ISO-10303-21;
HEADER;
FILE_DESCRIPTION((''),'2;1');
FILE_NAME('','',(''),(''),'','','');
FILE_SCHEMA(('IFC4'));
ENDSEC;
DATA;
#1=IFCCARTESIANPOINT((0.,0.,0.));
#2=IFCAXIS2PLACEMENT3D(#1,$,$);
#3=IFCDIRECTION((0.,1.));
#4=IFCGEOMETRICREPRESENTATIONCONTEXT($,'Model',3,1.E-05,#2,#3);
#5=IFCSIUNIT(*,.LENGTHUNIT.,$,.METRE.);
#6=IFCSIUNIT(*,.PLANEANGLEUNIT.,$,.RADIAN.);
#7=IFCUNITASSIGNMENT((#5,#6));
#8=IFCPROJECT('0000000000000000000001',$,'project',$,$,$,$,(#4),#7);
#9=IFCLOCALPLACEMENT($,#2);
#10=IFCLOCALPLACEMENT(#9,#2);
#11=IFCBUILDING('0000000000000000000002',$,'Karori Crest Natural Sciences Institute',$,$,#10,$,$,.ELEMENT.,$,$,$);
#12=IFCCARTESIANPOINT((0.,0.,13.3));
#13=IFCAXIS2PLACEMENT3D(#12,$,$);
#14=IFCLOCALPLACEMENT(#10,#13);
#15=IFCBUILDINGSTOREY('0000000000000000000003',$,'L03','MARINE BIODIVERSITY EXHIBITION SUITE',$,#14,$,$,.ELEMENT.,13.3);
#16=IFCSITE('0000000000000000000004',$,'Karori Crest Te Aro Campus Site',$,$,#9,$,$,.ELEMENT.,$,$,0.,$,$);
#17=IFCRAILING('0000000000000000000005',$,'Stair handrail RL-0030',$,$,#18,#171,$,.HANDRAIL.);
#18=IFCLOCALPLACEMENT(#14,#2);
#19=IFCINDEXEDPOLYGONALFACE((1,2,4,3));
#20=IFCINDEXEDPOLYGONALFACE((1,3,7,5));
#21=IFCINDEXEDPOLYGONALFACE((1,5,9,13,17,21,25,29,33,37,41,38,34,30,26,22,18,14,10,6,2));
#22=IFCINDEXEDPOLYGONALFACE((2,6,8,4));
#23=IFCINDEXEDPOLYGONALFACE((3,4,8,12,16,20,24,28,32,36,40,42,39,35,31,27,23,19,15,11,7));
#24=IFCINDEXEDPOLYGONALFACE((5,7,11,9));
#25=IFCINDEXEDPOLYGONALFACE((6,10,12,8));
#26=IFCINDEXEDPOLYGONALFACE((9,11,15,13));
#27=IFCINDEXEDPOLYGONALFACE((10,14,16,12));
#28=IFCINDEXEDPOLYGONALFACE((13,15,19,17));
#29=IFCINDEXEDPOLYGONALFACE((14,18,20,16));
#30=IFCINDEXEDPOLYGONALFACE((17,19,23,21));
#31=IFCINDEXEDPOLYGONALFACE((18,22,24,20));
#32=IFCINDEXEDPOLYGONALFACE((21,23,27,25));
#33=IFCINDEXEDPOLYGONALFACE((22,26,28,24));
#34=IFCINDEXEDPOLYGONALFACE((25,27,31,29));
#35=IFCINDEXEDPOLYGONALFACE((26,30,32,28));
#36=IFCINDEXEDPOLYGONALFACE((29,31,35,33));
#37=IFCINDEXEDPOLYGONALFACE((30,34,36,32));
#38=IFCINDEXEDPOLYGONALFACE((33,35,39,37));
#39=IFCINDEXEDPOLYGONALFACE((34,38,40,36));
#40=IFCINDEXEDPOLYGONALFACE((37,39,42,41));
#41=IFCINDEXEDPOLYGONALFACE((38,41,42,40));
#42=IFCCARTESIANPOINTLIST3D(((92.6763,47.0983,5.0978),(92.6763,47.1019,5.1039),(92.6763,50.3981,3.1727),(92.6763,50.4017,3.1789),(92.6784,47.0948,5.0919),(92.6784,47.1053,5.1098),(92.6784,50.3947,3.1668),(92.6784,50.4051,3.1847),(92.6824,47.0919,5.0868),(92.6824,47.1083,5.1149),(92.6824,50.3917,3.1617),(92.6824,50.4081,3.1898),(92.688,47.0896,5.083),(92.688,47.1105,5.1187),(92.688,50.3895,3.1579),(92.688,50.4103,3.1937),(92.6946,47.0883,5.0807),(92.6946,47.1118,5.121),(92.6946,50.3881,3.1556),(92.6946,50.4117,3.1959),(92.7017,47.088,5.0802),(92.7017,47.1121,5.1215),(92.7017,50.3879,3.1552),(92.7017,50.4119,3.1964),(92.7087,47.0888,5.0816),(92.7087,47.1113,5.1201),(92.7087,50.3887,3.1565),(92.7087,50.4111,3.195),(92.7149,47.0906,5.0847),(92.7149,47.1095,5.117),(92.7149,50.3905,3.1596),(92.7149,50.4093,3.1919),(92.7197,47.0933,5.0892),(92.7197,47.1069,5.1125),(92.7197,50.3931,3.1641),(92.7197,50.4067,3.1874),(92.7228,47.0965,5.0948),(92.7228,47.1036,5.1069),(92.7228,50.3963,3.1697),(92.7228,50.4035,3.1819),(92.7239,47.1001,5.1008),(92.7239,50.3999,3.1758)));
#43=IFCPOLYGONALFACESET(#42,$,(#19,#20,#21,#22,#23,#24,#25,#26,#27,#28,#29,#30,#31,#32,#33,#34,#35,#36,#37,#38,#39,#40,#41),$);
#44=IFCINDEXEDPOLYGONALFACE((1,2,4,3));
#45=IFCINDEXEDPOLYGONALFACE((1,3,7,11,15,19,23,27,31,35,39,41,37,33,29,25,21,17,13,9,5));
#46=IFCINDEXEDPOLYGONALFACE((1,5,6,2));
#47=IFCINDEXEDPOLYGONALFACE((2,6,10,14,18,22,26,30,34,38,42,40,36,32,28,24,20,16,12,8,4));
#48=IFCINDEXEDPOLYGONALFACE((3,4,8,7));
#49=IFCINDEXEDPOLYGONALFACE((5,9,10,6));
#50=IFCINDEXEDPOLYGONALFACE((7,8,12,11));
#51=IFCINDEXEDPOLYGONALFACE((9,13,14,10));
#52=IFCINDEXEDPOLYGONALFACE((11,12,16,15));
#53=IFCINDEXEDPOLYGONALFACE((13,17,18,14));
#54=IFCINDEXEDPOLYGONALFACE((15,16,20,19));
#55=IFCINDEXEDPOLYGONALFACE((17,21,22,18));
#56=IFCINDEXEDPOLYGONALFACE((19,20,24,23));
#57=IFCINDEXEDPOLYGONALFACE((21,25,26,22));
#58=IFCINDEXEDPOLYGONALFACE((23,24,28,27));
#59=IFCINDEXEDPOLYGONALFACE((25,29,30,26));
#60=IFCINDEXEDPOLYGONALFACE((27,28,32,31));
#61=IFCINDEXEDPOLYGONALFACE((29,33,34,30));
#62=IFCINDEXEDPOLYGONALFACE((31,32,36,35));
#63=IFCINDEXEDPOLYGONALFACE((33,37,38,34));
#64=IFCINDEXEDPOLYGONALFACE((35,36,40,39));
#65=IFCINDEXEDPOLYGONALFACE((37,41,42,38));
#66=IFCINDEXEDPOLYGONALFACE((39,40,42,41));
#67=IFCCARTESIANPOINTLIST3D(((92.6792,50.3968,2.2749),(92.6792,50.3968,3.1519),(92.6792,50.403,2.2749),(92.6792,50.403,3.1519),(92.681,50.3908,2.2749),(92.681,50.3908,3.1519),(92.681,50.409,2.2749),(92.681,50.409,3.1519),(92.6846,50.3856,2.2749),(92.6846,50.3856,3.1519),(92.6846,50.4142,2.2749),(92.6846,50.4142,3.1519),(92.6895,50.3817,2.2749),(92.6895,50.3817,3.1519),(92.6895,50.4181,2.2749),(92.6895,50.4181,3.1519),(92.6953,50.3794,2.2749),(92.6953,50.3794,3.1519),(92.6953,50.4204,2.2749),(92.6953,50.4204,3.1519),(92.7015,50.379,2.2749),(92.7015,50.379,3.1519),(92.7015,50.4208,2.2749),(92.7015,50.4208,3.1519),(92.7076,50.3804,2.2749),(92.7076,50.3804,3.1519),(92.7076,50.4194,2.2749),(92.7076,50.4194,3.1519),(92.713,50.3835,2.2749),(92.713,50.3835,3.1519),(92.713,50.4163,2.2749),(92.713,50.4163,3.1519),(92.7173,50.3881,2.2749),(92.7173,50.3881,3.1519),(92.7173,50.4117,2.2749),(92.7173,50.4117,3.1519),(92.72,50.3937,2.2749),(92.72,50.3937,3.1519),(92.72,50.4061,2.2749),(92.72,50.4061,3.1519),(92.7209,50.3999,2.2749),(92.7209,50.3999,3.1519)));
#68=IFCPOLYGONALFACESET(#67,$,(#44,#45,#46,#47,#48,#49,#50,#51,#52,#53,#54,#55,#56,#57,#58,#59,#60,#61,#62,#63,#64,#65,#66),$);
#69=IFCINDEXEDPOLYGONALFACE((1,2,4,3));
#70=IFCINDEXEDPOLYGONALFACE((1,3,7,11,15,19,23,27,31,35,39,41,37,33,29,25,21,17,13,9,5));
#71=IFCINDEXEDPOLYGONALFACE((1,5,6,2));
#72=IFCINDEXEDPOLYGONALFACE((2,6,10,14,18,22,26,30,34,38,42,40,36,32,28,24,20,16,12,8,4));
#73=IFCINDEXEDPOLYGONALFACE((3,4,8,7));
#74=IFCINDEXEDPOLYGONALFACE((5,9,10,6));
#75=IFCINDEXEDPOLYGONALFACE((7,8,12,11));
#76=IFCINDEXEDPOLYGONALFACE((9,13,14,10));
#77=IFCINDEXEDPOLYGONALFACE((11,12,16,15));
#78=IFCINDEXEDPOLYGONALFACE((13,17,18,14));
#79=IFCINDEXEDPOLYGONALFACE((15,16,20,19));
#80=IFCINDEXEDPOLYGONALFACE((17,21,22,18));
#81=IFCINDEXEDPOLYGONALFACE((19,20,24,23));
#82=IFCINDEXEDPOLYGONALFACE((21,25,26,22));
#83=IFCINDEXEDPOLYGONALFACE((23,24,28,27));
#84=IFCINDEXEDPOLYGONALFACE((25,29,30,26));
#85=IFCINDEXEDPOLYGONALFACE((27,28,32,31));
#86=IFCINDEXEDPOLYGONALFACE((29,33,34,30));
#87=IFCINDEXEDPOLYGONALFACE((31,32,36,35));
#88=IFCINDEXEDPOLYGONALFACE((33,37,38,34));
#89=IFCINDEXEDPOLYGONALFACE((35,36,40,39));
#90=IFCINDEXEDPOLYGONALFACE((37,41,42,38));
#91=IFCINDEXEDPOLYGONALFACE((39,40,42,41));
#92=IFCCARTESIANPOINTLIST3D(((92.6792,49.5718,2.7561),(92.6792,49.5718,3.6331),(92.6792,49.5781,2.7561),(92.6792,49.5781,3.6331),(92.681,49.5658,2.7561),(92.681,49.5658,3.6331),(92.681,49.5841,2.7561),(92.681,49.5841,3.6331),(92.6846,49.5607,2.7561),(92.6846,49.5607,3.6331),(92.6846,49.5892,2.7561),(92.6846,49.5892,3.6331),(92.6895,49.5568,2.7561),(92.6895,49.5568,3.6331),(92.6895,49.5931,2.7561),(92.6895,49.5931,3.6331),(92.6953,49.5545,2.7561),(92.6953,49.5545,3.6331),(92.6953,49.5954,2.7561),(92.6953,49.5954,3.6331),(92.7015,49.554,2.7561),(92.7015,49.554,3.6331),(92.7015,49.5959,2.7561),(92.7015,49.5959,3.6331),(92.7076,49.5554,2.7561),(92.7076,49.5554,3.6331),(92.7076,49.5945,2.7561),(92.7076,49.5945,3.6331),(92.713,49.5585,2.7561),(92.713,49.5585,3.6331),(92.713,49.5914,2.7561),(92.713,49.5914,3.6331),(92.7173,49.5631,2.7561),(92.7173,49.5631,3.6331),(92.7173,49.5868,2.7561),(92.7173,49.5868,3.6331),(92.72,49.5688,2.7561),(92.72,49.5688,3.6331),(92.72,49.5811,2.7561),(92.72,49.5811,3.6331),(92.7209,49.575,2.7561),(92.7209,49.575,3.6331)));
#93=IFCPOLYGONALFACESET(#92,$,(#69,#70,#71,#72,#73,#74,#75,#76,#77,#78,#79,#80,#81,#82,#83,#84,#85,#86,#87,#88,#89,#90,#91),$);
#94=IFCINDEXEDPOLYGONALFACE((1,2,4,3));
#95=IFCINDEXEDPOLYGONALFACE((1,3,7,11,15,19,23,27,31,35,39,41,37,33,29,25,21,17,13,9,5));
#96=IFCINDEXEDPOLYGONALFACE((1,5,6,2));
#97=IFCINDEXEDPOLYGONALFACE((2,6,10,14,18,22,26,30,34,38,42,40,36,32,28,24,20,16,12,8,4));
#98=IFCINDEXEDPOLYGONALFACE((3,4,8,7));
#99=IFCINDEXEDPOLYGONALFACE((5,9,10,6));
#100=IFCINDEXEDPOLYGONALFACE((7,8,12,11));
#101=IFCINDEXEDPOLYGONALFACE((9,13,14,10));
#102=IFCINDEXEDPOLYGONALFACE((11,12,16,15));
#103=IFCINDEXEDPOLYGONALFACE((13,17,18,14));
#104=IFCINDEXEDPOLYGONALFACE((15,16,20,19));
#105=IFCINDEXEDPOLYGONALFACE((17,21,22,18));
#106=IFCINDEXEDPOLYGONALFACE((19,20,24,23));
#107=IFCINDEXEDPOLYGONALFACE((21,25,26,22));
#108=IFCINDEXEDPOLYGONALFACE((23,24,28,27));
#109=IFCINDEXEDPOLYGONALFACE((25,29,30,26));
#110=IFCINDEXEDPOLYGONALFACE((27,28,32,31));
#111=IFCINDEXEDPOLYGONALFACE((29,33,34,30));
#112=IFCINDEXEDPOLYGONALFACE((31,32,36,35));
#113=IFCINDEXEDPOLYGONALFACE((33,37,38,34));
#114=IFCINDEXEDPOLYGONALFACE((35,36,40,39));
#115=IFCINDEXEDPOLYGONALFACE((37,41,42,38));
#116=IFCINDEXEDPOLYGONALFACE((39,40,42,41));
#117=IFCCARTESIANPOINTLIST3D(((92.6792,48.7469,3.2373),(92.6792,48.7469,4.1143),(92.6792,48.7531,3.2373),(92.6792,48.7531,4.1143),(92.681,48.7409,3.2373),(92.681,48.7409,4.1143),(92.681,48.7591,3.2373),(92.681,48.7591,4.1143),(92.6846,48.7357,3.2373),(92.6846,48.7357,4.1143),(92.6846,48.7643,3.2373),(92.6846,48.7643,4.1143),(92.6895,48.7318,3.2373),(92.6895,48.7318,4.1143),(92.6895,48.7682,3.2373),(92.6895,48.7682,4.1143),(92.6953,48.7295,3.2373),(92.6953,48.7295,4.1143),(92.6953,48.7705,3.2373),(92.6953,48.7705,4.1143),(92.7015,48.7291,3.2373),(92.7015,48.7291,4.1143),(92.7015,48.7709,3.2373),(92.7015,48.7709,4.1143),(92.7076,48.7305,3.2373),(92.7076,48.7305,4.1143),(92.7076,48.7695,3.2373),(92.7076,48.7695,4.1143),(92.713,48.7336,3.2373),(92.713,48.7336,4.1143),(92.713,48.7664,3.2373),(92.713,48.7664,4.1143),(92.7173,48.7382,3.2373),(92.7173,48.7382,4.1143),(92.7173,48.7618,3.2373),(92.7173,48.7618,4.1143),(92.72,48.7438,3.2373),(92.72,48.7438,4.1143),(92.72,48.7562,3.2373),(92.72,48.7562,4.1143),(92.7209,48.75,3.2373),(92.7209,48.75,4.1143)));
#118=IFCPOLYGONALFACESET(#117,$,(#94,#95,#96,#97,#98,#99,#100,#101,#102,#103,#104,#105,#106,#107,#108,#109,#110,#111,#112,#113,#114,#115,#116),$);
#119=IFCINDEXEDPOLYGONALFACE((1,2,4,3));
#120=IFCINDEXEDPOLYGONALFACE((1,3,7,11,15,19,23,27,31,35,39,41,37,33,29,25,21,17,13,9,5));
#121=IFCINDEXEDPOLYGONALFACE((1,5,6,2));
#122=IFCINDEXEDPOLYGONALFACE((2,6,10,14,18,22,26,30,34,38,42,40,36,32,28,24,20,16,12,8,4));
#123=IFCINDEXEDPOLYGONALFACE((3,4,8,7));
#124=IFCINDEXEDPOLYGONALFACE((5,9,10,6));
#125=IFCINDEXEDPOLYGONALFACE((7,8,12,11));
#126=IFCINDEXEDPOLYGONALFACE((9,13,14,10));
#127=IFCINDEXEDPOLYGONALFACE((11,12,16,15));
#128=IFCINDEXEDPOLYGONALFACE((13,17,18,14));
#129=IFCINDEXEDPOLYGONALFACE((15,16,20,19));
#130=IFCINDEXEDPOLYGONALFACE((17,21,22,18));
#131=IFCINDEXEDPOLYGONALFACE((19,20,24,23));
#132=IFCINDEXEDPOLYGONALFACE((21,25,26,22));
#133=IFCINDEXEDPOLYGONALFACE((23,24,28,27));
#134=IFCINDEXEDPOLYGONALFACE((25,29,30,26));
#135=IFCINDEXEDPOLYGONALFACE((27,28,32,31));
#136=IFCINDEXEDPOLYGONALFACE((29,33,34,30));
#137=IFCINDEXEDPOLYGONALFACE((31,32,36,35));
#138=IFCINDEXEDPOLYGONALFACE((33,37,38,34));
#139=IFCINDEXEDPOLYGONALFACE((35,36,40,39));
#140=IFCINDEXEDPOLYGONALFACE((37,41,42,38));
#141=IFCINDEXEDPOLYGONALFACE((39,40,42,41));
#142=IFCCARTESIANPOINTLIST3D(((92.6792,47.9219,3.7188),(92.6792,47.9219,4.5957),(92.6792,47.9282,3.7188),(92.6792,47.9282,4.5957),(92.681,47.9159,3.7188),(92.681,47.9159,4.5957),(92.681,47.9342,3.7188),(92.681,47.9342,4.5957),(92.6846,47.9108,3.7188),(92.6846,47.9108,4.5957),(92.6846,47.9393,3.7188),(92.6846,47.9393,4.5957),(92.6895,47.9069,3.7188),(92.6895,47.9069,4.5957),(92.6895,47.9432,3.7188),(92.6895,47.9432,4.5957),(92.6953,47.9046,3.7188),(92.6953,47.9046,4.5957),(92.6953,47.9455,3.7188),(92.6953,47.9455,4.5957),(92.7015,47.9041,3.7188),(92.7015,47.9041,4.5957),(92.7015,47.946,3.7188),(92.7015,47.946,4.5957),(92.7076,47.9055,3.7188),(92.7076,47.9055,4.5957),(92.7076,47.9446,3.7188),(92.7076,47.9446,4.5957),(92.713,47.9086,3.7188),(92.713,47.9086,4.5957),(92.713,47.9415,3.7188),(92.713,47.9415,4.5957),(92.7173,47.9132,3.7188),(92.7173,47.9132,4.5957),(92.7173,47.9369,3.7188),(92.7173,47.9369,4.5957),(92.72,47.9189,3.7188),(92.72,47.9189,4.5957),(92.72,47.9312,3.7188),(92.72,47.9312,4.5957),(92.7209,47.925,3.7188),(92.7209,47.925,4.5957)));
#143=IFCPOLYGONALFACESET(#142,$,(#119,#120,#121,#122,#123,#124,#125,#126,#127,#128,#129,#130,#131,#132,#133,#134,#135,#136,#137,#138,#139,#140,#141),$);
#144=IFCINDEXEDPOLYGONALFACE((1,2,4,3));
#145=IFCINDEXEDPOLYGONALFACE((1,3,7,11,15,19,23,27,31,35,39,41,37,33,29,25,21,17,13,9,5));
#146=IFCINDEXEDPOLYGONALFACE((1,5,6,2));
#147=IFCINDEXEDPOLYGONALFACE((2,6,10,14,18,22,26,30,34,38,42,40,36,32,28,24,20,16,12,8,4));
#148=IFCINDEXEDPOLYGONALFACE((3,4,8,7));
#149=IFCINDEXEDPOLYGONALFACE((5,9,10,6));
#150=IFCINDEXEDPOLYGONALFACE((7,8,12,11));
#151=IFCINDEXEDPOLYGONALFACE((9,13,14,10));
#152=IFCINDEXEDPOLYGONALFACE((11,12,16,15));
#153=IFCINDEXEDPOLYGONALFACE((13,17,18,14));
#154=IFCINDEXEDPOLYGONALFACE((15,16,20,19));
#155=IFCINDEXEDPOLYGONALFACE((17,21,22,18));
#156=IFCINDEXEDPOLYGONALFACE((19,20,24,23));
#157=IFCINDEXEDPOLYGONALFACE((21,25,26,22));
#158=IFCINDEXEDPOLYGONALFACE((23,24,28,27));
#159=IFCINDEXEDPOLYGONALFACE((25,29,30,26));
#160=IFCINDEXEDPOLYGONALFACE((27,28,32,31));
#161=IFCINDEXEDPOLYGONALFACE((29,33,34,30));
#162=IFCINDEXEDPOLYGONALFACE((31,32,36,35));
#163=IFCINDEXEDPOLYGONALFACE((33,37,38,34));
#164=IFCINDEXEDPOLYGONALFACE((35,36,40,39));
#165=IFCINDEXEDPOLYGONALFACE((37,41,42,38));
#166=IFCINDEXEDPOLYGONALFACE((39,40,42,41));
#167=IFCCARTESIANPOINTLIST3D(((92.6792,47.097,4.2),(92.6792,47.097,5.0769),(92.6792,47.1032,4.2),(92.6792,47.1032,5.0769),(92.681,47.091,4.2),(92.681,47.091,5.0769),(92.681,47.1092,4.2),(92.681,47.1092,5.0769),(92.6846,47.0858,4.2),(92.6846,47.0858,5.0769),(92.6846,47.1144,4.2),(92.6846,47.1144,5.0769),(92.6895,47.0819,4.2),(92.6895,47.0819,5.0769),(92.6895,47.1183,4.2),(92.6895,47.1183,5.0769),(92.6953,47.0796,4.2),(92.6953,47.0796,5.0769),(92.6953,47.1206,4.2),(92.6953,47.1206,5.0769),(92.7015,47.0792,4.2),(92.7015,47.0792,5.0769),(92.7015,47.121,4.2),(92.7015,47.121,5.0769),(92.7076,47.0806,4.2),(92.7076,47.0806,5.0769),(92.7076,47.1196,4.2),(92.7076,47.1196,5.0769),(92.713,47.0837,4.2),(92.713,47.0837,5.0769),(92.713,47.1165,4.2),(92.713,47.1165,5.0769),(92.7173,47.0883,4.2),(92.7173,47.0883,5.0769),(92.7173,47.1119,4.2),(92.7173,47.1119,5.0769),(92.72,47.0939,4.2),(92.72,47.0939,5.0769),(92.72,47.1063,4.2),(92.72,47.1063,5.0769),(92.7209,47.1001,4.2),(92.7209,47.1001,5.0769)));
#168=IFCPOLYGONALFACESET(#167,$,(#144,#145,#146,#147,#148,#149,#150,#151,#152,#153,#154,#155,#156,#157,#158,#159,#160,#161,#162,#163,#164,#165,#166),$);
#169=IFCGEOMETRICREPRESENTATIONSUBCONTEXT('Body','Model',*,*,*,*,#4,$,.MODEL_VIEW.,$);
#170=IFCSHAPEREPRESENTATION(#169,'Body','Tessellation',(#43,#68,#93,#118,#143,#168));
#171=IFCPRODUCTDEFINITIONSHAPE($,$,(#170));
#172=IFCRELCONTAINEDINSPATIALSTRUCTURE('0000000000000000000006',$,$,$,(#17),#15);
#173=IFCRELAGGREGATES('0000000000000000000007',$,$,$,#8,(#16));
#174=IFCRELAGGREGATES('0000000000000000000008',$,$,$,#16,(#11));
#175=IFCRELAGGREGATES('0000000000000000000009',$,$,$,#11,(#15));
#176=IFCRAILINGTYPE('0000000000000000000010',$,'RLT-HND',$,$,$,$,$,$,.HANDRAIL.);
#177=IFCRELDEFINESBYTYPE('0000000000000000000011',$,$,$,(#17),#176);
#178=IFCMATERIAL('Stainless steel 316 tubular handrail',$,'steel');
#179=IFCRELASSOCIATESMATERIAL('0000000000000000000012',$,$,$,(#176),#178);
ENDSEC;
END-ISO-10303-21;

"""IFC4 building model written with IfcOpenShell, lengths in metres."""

from ifc_helpers import new_model, si_unit, direction, frame, origin, origin_2d, place, context, subcontext, project, spatial, circle, extrude, material, type_object, element, save


model = new_model("IFC4")

# Units and contexts
model_context = context("Model", 3, precision=1e-05, world=origin(), true_north=direction((0.0, 1.0)))
body_context = subcontext(model_context, "Body", "Model", "MODEL_VIEW")
ifc_project = project(units=[si_unit("LENGTHUNIT", "METRE"), si_unit("PLANEANGLEUNIT", "RADIAN")], contexts=[model_context])

# Site, building, storey
site_placement = place(None, origin())
site = spatial("IfcSite", under=ifc_project, at=site_placement, Name="Karori Crest Te Aro Campus Site", CompositionType="ELEMENT", RefElevation=0.0)
building_placement = place(site_placement, origin())
building = spatial("IfcBuilding", under=site, at=building_placement, Name="Karori Crest Natural Sciences Institute", CompositionType="ELEMENT")
storey_placement = place(building_placement, frame((0.0, 0.0, 13.3)))
storey = spatial("IfcBuildingStorey", under=building, at=storey_placement, Name="L03", Description="MARINE BIODIVERSITY EXHIBITION SUITE", CompositionType="ELEMENT", Elevation=13.3)

# Railing
ifc_material_1 = material(Name="Stainless steel 316 tubular handrail", Category="steel")
railing_type_1 = type_object("IfcRailingType", Name="RLT-HND", PredefinedType="HANDRAIL", material=ifc_material_1)
railing_1_placement = place(storey_placement, frame((92.7, 50.3999, 2.2749)))
element("IfcRailing", 1, at=railing_1_placement, inside=storey, type_object=railing_type_1, Name="Stair handrail RL-0030", PredefinedType="HANDRAIL", context=body_context, shape_type="SweptSolid", body=[
    extrude(circle(Radius=0.0239, at=origin_2d()), frame((0.0, 0.0, 0.9009), z_axis=(0.0, -0.86376, 0.503903), x_axis=(1.0, 0.0, 0.0)), (0.0, 0.0, 1.0), 3.8203),
    extrude(circle(Radius=0.021, at=origin_2d()), origin(), (0.0, 0.0, 1.0), 0.877),
    extrude(circle(Radius=0.021, at=origin_2d()), frame((0.0, -0.825, 0.4812)), (0.0, 0.0, 1.0), 0.877),
    extrude(circle(Radius=0.021, at=origin_2d()), frame((0.0, -1.6499, 0.9624)), (0.0, 0.0, 1.0), 0.877),
    extrude(circle(Radius=0.021, at=origin_2d()), frame((0.0, -2.4749, 1.4438)), (0.0, 0.0, 1.0), 0.877),
    extrude(circle(Radius=0.021, at=origin_2d()), frame((0.0, -3.2998, 1.925)), (0.0, 0.0, 1.0), 0.877),
])

save(model, "model.ifc")
